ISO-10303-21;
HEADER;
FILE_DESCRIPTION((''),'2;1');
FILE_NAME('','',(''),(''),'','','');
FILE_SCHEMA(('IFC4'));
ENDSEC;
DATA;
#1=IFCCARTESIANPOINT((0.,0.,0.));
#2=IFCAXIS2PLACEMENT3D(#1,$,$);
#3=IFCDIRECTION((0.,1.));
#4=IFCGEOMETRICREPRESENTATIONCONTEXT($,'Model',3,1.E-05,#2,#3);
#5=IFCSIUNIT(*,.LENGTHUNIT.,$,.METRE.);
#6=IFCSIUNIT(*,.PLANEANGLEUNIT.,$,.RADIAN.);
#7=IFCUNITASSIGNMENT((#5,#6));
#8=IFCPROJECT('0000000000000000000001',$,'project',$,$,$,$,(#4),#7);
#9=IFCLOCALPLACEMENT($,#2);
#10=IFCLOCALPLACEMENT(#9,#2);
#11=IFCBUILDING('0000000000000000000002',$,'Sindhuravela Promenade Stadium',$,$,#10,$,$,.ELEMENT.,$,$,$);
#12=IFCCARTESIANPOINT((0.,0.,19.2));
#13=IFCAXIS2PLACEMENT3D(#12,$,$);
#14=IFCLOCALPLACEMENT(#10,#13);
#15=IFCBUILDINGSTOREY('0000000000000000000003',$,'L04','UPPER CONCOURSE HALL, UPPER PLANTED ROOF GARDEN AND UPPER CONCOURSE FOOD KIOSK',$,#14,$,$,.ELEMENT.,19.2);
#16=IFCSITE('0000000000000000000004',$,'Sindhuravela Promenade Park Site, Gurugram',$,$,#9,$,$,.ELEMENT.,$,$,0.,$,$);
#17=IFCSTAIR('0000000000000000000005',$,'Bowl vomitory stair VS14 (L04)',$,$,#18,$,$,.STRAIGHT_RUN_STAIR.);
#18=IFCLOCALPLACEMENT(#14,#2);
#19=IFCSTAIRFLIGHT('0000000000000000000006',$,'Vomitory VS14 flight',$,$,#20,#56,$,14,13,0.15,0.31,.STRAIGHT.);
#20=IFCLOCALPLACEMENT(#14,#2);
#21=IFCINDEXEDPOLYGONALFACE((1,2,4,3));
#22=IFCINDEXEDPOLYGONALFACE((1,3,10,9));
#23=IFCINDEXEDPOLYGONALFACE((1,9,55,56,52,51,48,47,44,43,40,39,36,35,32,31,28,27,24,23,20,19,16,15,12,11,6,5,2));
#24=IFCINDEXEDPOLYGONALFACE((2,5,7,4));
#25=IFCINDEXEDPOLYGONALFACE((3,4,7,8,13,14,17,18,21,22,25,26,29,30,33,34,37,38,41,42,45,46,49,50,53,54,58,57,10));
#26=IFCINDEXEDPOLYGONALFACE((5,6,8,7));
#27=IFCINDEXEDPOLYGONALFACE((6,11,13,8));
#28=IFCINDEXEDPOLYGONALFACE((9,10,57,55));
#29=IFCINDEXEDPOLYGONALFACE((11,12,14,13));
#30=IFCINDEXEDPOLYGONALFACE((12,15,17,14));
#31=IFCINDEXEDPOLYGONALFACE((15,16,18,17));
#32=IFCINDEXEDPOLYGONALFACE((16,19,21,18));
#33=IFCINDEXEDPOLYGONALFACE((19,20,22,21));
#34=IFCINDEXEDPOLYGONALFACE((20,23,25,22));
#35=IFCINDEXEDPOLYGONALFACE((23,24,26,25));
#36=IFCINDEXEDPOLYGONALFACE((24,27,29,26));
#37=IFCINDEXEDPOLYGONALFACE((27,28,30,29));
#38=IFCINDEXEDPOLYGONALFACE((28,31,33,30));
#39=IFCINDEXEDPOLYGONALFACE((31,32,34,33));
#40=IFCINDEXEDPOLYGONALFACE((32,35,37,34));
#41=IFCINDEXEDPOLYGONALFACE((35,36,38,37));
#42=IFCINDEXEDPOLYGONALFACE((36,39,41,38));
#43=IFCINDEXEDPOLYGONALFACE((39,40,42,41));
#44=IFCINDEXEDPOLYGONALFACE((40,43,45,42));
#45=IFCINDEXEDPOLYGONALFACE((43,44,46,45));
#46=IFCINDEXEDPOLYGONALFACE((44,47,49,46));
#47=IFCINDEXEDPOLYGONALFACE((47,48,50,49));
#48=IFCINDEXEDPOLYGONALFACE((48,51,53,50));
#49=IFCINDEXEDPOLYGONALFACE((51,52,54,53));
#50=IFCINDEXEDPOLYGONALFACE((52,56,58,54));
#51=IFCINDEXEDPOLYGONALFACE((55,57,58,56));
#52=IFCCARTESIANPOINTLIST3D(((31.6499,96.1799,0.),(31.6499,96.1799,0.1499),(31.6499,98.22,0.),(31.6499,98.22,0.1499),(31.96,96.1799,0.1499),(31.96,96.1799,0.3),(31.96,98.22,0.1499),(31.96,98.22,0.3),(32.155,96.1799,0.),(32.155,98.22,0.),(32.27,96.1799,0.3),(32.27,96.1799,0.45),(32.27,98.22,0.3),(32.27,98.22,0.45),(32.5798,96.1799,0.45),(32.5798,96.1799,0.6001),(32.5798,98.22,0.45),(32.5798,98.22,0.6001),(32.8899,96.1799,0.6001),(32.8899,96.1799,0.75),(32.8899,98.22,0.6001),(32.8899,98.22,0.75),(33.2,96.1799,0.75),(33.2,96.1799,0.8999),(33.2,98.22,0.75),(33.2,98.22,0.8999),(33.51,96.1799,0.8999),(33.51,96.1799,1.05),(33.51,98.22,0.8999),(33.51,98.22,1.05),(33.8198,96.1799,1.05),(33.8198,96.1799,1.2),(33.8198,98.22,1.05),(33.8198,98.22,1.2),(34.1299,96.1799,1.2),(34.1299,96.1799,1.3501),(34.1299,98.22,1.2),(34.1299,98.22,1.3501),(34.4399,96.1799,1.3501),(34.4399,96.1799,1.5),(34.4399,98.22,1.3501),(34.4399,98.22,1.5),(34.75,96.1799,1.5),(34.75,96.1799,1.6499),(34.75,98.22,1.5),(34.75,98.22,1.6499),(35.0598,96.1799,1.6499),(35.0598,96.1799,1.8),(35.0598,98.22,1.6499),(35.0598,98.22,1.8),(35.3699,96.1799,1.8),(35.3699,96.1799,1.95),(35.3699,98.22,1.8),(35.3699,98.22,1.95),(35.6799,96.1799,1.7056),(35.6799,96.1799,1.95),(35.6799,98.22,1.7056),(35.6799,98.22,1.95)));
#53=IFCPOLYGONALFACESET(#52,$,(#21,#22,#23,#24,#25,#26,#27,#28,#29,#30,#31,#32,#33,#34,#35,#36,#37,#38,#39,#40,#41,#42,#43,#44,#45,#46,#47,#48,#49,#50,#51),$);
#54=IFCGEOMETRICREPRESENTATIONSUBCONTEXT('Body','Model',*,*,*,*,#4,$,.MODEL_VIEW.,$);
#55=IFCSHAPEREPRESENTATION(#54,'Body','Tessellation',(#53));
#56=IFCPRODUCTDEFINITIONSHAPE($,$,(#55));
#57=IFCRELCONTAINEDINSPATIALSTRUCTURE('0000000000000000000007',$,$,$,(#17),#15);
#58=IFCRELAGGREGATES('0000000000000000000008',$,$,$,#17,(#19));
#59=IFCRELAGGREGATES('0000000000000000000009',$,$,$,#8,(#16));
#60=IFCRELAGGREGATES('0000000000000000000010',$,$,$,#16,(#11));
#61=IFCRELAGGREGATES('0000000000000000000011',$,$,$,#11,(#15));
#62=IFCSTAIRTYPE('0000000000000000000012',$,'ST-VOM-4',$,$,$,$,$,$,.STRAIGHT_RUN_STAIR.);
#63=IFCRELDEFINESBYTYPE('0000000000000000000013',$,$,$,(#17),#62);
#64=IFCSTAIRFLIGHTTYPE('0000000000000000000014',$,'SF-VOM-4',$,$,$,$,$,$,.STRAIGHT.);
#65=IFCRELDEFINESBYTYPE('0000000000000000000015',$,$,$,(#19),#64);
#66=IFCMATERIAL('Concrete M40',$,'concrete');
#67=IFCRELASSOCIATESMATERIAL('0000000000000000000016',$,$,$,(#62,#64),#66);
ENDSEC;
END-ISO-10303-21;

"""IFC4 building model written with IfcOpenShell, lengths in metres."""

from ifc_helpers import new_model, si_unit, direction, frame, origin, place, context, subcontext, project, spatial, polyline, outline, extrude, material, type_object, element, aggregate, save


model = new_model("IFC4")

# Units and contexts
model_context = context("Model", 3, precision=1e-05, world=origin(), true_north=direction((0.0, 1.0)))
body_context = subcontext(model_context, "Body", "Model", "MODEL_VIEW")
ifc_project = project(units=[si_unit("LENGTHUNIT", "METRE"), si_unit("PLANEANGLEUNIT", "RADIAN")], contexts=[model_context])

# Site, building, storey
site_placement = place(None, origin())
site = spatial("IfcSite", under=ifc_project, at=site_placement, Name="Sindhuravela Promenade Park Site, Gurugram", CompositionType="ELEMENT", RefElevation=0.0)
building_placement = place(site_placement, origin())
building = spatial("IfcBuilding", under=site, at=building_placement, Name="Sindhuravela Promenade Stadium", CompositionType="ELEMENT")
storey_placement = place(building_placement, frame((0.0, 0.0, 19.2)))
storey = spatial("IfcBuildingStorey", under=building, at=storey_placement, Name="L04", Description="UPPER CONCOURSE HALL, UPPER PLANTED ROOF GARDEN AND UPPER CONCOURSE FOOD KIOSK", CompositionType="ELEMENT", Elevation=19.2)

# Shared definitions
ifc_material_1 = material(Name="Concrete M40", Category="concrete")

# Stair, stair flight
stair_type = type_object("IfcStairType", Name="ST-VOM-4", PredefinedType="STRAIGHT_RUN_STAIR", material=ifc_material_1)
stair_placement = place(storey_placement, origin())
stair = element("IfcStair", 1, at=stair_placement, inside=storey, type_object=stair_type, Name="Bowl vomitory stair VS14 (L04)", PredefinedType="STRAIGHT_RUN_STAIR")
stair_flight_type = type_object("IfcStairFlightType", Name="SF-VOM-4", PredefinedType="STRAIGHT", material=ifc_material_1)
stair_flight_placement = place(storey_placement, frame((31.6499, 97.2, 0.0), z_axis=(0.0, 0.0, 1.0), x_axis=(1.0, 0.0, 0.0)))
stair_flight = element("IfcStairFlight", 2, at=stair_flight_placement, type_object=stair_flight_type, Name="Vomitory VS14 flight", NumberOfRisers=14, NumberOfTreads=13, PredefinedType="STRAIGHT", RiserHeight=0.15, TreadLength=0.31, context=body_context, shape_type="SweptSolid", body=[
    extrude(outline(polyline([(0.0, 0.0), (0.0, 0.1499), (0.3101, 0.1499), (0.3101, 0.3), (0.6201, 0.3), (0.6201, 0.45), (0.9299, 0.45), (0.9299, 0.6001), (1.24, 0.6001), (1.24, 0.75), (1.55, 0.75), (1.55, 0.8999), (1.8601, 0.8999), (1.8601, 1.05), (2.1699, 1.05), (2.1699, 1.2), (2.48, 1.2), (2.48, 1.3501), (2.79, 1.3501), (2.79, 1.5), (3.1001, 1.5), (3.1001, 1.6499), (3.4099, 1.6499), (3.4099, 1.8), (3.72, 1.8), (3.72, 1.95), (4.03, 1.95), (4.03, 2.1001), (4.03, 1.7056), (0.5051, 0.0), (0.0, 0.0)])), frame((0.0, 1.02, 0.0), z_axis=(0.0, -1.0, 0.0), x_axis=(1.0, 0.0, 0.0)), (0.0, 0.0, 1.0), 2.04),
])
aggregate(stair, [stair_flight])

save(model, "model.ifc")
